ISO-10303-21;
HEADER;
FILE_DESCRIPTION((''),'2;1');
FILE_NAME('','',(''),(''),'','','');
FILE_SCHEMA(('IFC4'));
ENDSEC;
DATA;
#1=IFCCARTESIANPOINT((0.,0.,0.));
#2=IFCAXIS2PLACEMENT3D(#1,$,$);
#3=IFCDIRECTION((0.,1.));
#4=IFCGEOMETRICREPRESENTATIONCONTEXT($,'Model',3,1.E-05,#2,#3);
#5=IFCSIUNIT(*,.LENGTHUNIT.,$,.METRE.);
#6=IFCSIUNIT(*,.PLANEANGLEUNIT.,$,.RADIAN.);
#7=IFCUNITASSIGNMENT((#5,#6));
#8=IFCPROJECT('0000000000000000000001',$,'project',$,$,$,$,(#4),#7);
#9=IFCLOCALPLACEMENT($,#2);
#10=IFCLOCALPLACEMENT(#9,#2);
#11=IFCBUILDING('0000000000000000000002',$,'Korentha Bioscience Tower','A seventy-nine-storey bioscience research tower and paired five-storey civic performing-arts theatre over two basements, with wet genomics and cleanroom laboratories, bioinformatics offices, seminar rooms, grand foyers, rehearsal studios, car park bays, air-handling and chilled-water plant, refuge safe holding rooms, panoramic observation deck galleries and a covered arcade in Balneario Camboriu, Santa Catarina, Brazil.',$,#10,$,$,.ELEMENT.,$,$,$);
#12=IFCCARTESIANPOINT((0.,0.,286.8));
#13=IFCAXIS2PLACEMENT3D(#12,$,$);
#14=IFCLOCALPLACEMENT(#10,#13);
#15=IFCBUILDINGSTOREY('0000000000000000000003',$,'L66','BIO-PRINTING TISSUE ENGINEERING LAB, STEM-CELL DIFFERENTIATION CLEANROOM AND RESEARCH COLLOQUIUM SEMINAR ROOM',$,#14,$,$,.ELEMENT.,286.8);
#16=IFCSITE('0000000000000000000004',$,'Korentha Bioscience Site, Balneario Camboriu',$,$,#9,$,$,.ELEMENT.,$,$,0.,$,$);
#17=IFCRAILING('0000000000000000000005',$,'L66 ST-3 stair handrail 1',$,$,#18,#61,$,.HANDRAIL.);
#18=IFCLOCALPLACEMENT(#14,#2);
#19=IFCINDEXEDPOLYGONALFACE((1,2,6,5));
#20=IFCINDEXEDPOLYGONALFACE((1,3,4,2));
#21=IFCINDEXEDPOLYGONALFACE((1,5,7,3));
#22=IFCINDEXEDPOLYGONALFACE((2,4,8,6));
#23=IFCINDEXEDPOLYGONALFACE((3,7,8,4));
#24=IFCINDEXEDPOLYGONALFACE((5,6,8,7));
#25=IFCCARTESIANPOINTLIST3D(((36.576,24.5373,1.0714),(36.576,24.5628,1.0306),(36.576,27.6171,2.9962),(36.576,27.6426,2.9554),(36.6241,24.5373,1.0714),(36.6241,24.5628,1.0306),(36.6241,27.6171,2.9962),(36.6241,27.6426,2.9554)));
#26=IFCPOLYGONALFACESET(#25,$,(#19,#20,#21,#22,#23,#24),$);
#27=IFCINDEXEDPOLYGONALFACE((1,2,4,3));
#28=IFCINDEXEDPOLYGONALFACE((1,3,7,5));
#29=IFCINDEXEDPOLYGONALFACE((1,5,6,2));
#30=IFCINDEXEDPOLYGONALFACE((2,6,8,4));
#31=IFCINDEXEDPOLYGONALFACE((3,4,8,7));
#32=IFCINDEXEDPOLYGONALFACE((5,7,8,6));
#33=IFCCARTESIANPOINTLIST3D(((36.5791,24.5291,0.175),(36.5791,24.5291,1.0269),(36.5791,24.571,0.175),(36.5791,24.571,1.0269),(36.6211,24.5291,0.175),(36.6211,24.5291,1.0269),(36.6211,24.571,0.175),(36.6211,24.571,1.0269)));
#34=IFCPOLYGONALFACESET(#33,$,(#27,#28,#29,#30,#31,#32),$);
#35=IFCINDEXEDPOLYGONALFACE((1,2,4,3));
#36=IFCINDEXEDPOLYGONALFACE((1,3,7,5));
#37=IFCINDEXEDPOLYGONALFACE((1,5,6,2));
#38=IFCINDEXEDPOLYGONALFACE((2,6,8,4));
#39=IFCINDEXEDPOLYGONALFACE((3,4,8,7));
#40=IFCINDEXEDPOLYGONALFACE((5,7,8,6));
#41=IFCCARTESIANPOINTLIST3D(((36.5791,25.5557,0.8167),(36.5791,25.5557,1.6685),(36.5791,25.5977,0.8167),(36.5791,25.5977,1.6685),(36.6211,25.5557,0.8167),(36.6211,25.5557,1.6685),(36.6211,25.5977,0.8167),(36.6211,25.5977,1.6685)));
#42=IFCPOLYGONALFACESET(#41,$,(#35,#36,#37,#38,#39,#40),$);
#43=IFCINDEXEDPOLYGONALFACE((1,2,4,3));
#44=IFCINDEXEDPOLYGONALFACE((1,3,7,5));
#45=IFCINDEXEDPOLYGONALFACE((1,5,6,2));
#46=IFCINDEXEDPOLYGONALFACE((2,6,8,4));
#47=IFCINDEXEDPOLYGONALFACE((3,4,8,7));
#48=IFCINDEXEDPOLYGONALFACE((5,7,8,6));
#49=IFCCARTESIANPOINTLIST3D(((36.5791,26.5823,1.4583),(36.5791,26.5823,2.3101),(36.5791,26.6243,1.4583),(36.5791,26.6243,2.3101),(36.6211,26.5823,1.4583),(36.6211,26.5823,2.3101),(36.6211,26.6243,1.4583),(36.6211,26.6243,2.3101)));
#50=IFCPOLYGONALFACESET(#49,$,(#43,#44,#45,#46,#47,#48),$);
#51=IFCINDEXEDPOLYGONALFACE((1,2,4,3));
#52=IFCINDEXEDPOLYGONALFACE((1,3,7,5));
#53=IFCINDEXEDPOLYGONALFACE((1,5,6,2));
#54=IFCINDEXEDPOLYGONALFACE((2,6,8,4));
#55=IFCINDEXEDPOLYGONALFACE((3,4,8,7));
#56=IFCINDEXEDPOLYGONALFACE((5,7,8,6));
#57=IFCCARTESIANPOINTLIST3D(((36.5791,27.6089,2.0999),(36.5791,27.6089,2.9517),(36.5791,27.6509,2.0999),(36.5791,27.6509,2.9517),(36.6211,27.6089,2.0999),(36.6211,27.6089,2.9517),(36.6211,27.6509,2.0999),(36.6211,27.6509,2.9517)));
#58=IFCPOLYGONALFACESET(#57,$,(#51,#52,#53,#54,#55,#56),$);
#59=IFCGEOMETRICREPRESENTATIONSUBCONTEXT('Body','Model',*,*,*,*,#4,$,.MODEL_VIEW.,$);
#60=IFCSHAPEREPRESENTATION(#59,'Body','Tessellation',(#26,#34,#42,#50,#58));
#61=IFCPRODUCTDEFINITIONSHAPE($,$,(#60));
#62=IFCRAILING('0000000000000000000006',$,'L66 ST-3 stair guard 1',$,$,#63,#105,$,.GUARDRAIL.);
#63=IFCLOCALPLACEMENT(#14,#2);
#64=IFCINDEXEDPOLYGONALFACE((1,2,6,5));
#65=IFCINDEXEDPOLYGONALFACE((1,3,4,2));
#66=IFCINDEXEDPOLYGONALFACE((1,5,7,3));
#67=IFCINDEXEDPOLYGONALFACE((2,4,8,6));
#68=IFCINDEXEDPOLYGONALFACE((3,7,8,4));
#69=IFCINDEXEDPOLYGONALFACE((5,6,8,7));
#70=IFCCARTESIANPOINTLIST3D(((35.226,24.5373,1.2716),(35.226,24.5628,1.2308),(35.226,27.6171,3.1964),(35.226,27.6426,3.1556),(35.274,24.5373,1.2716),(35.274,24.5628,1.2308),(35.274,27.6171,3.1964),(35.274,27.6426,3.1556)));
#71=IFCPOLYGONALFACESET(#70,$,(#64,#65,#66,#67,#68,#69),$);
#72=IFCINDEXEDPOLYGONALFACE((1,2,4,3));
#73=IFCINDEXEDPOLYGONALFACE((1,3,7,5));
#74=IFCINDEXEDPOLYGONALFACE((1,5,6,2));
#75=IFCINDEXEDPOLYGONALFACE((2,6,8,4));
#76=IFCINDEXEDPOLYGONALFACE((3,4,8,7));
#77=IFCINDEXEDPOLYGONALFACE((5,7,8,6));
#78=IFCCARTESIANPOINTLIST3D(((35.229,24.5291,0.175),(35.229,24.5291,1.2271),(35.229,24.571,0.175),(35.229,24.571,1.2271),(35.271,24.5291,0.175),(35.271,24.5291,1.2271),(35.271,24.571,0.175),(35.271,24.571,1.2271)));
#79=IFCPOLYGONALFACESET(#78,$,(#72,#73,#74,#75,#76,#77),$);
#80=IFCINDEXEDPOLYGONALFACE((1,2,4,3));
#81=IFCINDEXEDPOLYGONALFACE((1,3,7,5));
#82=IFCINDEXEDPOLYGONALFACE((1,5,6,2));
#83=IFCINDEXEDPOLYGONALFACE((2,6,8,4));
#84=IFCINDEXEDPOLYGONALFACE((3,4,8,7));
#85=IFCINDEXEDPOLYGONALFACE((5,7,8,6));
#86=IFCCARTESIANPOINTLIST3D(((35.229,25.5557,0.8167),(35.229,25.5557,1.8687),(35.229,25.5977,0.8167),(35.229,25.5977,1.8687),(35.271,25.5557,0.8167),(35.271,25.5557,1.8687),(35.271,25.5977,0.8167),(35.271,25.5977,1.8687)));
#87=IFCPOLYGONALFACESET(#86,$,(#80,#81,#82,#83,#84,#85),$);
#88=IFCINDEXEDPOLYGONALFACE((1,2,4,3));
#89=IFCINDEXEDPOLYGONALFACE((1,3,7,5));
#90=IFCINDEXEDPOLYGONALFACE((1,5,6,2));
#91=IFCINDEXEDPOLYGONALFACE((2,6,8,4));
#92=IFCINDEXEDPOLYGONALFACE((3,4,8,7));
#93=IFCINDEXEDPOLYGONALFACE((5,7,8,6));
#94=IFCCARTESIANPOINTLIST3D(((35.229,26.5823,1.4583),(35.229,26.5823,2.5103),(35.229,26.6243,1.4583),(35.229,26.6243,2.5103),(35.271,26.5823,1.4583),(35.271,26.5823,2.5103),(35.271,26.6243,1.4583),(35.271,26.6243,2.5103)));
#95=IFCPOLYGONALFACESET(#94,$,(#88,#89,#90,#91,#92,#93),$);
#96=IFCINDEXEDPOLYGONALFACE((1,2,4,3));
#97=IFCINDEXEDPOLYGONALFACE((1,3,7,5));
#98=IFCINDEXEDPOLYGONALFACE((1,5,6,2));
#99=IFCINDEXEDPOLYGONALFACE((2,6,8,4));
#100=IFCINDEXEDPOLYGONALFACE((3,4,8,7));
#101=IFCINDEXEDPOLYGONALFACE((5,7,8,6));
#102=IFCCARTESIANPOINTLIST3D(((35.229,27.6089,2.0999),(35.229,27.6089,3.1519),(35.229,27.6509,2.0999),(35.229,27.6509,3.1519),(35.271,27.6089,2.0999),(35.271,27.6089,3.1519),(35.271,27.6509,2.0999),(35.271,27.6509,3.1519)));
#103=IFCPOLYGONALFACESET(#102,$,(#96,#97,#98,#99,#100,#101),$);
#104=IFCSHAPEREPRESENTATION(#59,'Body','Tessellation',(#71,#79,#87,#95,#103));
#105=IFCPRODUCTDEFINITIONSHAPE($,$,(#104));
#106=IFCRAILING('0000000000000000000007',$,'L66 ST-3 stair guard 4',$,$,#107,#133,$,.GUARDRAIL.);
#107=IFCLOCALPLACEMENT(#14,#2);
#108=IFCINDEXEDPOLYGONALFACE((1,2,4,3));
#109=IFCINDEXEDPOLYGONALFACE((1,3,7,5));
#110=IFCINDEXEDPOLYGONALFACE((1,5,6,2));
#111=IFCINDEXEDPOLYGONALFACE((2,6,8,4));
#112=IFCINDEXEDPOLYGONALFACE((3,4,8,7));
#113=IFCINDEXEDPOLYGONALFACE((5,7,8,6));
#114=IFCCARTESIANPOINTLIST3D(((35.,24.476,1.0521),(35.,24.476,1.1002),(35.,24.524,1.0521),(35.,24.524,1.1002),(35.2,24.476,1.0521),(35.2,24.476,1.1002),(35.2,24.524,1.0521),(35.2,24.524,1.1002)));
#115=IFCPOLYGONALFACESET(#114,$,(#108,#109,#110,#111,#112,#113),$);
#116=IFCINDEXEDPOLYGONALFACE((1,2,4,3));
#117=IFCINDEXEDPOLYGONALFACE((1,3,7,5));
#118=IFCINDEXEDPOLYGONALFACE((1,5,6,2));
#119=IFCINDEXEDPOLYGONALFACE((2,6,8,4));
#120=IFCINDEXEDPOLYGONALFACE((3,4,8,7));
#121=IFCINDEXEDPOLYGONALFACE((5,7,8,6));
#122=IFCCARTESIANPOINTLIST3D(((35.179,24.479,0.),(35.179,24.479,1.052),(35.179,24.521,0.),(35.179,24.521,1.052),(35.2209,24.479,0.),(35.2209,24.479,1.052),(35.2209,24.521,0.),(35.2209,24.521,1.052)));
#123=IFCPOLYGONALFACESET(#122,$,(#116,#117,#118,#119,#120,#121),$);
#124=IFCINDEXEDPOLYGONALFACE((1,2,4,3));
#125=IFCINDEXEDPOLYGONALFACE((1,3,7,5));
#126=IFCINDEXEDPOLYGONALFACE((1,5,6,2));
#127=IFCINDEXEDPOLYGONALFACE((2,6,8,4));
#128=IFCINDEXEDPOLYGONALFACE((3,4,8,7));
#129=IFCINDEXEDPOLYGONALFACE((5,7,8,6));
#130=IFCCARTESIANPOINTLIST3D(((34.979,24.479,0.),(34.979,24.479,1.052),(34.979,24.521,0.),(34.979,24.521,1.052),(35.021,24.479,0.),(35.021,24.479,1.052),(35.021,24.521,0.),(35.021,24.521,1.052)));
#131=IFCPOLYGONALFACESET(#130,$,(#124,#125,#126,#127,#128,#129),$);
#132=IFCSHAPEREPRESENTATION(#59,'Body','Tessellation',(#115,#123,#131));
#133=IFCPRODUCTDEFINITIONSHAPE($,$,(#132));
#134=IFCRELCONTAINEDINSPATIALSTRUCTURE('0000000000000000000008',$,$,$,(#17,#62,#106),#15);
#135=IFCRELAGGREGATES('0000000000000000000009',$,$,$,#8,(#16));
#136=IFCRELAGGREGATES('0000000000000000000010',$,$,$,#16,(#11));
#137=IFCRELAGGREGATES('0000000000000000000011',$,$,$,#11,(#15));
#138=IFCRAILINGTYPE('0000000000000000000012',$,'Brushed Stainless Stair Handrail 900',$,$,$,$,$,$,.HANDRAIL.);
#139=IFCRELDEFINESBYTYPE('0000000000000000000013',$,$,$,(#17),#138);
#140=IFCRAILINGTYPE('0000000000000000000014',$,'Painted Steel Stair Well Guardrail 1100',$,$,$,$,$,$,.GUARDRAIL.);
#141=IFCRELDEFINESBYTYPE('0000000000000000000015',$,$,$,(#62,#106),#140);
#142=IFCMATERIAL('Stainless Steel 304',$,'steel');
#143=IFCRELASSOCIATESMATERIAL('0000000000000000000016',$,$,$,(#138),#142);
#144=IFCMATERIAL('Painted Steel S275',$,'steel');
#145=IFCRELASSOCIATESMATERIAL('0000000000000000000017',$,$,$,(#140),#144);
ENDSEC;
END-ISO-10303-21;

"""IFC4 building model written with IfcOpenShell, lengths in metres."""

from ifc_helpers import new_model, si_unit, direction, frame, origin, origin_2d, place, context, subcontext, project, spatial, rectangle, extrude, material, type_object, element, save


model = new_model("IFC4")

# Units and contexts
model_context = context("Model", 3, precision=1e-05, world=origin(), true_north=direction((0.0, 1.0)))
body_context = subcontext(model_context, "Body", "Model", "MODEL_VIEW")
ifc_project = project(units=[si_unit("LENGTHUNIT", "METRE"), si_unit("PLANEANGLEUNIT", "RADIAN")], contexts=[model_context])

# Site, building, storey
site_placement = place(None, origin())
site = spatial("IfcSite", under=ifc_project, at=site_placement, Name="Korentha Bioscience Site, Balneario Camboriu", CompositionType="ELEMENT", RefElevation=0.0)
building_placement = place(site_placement, origin())
building = spatial("IfcBuilding", under=site, at=building_placement, Name="Korentha Bioscience Tower", Description="A seventy-nine-storey bioscience research tower and paired five-storey civic performing-arts theatre over two basements, with wet genomics and cleanroom laboratories, bioinformatics offices, seminar rooms, grand foyers, rehearsal studios, car park bays, air-handling and chilled-water plant, refuge safe holding rooms, panoramic observation deck galleries and a covered arcade in Balneario Camboriu, Santa Catarina, Brazil.", CompositionType="ELEMENT")
storey_placement = place(building_placement, frame((0.0, 0.0, 286.8)))
storey = spatial("IfcBuildingStorey", under=building, at=storey_placement, Name="L66", Description="BIO-PRINTING TISSUE ENGINEERING LAB, STEM-CELL DIFFERENTIATION CLEANROOM AND RESEARCH COLLOQUIUM SEMINAR ROOM", CompositionType="ELEMENT", Elevation=286.8)

# Railings
ifc_material_1 = material(Name="Stainless Steel 304", Category="steel")
railing_type_1 = type_object("IfcRailingType", Name="Brushed Stainless Stair Handrail 900", PredefinedType="HANDRAIL", material=ifc_material_1)
railing_1_placement = place(storey_placement, frame((36.6001, 24.55, 0.175)))
element("IfcRailing", 1, at=railing_1_placement, inside=storey, type_object=railing_type_1, Name="L66 ST-3 stair handrail 1", PredefinedType="HANDRAIL", context=body_context, shape_type="SweptSolid", body=[
    extrude(rectangle(XDim=0.0481, YDim=0.0481, at=origin_2d()), frame((0.0, 0.0, 0.876), z_axis=(0.0, 0.84801, 0.529981), x_axis=(-1.0, 0.0, 0.0)), (0.0, 0.0, 1.0), 3.6318),
    extrude(rectangle(XDim=0.042, YDim=0.042, at=origin_2d()), origin(), (0.0, 0.0, 1.0), 0.8518),
    extrude(rectangle(XDim=0.042, YDim=0.042, at=origin_2d()), frame((0.0, 1.0266, 0.6416)), (0.0, 0.0, 1.0), 0.8518),
    extrude(rectangle(XDim=0.042, YDim=0.042, at=origin_2d()), frame((0.0, 2.0532, 1.2832)), (0.0, 0.0, 1.0), 0.8518),
    extrude(rectangle(XDim=0.042, YDim=0.042, at=origin_2d()), frame((0.0, 3.0798, 1.9248)), (0.0, 0.0, 1.0), 0.8518),
])
ifc_material_2 = material(Name="Painted Steel S275", Category="steel")
railing_type_2 = type_object("IfcRailingType", Name="Painted Steel Stair Well Guardrail 1100", PredefinedType="GUARDRAIL", material=ifc_material_2)
railing_2_placement = place(storey_placement, frame((35.25, 24.55, 0.175)))
element("IfcRailing", 2, at=railing_2_placement, inside=storey, type_object=railing_type_2, Name="L66 ST-3 stair guard 1", PredefinedType="GUARDRAIL", context=body_context, shape_type="SweptSolid", body=[
    extrude(rectangle(XDim=0.0481, YDim=0.0481, at=origin_2d()), frame((0.0, 0.0, 1.0762), z_axis=(0.0, 0.84801, 0.529981), x_axis=(-1.0, 0.0, 0.0)), (0.0, 0.0, 1.0), 3.6318),
    extrude(rectangle(XDim=0.042, YDim=0.042, at=origin_2d()), origin(), (0.0, 0.0, 1.0), 1.052),
    extrude(rectangle(XDim=0.042, YDim=0.042, at=origin_2d()), frame((0.0, 1.0266, 0.6416)), (0.0, 0.0, 1.0), 1.052),
    extrude(rectangle(XDim=0.042, YDim=0.042, at=origin_2d()), frame((0.0, 2.0532, 1.2832)), (0.0, 0.0, 1.0), 1.052),
    extrude(rectangle(XDim=0.042, YDim=0.042, at=origin_2d()), frame((0.0, 3.0798, 1.9248)), (0.0, 0.0, 1.0), 1.052),
])
railing_3_placement = place(storey_placement, frame((35.2, 24.5, 0.0)))
element("IfcRailing", 3, at=railing_3_placement, inside=storey, type_object=railing_type_2, Name="L66 ST-3 stair guard 4", PredefinedType="GUARDRAIL", context=body_context, shape_type="SweptSolid", body=[
    extrude(rectangle(XDim=0.0481, YDim=0.0481, at=origin_2d()), frame((0.0, 0.0, 1.0762), z_axis=(-1.0, 0.0, 0.0), x_axis=(0.0, -1.0, 0.0)), (0.0, 0.0, 1.0), 0.2),
    extrude(rectangle(XDim=0.042, YDim=0.042, at=origin_2d()), origin(), (0.0, 0.0, 1.0), 1.052),
    extrude(rectangle(XDim=0.042, YDim=0.042, at=origin_2d()), frame((-0.2, 0.0, 0.0)), (0.0, 0.0, 1.0), 1.052),
])

save(model, "model.ifc")
